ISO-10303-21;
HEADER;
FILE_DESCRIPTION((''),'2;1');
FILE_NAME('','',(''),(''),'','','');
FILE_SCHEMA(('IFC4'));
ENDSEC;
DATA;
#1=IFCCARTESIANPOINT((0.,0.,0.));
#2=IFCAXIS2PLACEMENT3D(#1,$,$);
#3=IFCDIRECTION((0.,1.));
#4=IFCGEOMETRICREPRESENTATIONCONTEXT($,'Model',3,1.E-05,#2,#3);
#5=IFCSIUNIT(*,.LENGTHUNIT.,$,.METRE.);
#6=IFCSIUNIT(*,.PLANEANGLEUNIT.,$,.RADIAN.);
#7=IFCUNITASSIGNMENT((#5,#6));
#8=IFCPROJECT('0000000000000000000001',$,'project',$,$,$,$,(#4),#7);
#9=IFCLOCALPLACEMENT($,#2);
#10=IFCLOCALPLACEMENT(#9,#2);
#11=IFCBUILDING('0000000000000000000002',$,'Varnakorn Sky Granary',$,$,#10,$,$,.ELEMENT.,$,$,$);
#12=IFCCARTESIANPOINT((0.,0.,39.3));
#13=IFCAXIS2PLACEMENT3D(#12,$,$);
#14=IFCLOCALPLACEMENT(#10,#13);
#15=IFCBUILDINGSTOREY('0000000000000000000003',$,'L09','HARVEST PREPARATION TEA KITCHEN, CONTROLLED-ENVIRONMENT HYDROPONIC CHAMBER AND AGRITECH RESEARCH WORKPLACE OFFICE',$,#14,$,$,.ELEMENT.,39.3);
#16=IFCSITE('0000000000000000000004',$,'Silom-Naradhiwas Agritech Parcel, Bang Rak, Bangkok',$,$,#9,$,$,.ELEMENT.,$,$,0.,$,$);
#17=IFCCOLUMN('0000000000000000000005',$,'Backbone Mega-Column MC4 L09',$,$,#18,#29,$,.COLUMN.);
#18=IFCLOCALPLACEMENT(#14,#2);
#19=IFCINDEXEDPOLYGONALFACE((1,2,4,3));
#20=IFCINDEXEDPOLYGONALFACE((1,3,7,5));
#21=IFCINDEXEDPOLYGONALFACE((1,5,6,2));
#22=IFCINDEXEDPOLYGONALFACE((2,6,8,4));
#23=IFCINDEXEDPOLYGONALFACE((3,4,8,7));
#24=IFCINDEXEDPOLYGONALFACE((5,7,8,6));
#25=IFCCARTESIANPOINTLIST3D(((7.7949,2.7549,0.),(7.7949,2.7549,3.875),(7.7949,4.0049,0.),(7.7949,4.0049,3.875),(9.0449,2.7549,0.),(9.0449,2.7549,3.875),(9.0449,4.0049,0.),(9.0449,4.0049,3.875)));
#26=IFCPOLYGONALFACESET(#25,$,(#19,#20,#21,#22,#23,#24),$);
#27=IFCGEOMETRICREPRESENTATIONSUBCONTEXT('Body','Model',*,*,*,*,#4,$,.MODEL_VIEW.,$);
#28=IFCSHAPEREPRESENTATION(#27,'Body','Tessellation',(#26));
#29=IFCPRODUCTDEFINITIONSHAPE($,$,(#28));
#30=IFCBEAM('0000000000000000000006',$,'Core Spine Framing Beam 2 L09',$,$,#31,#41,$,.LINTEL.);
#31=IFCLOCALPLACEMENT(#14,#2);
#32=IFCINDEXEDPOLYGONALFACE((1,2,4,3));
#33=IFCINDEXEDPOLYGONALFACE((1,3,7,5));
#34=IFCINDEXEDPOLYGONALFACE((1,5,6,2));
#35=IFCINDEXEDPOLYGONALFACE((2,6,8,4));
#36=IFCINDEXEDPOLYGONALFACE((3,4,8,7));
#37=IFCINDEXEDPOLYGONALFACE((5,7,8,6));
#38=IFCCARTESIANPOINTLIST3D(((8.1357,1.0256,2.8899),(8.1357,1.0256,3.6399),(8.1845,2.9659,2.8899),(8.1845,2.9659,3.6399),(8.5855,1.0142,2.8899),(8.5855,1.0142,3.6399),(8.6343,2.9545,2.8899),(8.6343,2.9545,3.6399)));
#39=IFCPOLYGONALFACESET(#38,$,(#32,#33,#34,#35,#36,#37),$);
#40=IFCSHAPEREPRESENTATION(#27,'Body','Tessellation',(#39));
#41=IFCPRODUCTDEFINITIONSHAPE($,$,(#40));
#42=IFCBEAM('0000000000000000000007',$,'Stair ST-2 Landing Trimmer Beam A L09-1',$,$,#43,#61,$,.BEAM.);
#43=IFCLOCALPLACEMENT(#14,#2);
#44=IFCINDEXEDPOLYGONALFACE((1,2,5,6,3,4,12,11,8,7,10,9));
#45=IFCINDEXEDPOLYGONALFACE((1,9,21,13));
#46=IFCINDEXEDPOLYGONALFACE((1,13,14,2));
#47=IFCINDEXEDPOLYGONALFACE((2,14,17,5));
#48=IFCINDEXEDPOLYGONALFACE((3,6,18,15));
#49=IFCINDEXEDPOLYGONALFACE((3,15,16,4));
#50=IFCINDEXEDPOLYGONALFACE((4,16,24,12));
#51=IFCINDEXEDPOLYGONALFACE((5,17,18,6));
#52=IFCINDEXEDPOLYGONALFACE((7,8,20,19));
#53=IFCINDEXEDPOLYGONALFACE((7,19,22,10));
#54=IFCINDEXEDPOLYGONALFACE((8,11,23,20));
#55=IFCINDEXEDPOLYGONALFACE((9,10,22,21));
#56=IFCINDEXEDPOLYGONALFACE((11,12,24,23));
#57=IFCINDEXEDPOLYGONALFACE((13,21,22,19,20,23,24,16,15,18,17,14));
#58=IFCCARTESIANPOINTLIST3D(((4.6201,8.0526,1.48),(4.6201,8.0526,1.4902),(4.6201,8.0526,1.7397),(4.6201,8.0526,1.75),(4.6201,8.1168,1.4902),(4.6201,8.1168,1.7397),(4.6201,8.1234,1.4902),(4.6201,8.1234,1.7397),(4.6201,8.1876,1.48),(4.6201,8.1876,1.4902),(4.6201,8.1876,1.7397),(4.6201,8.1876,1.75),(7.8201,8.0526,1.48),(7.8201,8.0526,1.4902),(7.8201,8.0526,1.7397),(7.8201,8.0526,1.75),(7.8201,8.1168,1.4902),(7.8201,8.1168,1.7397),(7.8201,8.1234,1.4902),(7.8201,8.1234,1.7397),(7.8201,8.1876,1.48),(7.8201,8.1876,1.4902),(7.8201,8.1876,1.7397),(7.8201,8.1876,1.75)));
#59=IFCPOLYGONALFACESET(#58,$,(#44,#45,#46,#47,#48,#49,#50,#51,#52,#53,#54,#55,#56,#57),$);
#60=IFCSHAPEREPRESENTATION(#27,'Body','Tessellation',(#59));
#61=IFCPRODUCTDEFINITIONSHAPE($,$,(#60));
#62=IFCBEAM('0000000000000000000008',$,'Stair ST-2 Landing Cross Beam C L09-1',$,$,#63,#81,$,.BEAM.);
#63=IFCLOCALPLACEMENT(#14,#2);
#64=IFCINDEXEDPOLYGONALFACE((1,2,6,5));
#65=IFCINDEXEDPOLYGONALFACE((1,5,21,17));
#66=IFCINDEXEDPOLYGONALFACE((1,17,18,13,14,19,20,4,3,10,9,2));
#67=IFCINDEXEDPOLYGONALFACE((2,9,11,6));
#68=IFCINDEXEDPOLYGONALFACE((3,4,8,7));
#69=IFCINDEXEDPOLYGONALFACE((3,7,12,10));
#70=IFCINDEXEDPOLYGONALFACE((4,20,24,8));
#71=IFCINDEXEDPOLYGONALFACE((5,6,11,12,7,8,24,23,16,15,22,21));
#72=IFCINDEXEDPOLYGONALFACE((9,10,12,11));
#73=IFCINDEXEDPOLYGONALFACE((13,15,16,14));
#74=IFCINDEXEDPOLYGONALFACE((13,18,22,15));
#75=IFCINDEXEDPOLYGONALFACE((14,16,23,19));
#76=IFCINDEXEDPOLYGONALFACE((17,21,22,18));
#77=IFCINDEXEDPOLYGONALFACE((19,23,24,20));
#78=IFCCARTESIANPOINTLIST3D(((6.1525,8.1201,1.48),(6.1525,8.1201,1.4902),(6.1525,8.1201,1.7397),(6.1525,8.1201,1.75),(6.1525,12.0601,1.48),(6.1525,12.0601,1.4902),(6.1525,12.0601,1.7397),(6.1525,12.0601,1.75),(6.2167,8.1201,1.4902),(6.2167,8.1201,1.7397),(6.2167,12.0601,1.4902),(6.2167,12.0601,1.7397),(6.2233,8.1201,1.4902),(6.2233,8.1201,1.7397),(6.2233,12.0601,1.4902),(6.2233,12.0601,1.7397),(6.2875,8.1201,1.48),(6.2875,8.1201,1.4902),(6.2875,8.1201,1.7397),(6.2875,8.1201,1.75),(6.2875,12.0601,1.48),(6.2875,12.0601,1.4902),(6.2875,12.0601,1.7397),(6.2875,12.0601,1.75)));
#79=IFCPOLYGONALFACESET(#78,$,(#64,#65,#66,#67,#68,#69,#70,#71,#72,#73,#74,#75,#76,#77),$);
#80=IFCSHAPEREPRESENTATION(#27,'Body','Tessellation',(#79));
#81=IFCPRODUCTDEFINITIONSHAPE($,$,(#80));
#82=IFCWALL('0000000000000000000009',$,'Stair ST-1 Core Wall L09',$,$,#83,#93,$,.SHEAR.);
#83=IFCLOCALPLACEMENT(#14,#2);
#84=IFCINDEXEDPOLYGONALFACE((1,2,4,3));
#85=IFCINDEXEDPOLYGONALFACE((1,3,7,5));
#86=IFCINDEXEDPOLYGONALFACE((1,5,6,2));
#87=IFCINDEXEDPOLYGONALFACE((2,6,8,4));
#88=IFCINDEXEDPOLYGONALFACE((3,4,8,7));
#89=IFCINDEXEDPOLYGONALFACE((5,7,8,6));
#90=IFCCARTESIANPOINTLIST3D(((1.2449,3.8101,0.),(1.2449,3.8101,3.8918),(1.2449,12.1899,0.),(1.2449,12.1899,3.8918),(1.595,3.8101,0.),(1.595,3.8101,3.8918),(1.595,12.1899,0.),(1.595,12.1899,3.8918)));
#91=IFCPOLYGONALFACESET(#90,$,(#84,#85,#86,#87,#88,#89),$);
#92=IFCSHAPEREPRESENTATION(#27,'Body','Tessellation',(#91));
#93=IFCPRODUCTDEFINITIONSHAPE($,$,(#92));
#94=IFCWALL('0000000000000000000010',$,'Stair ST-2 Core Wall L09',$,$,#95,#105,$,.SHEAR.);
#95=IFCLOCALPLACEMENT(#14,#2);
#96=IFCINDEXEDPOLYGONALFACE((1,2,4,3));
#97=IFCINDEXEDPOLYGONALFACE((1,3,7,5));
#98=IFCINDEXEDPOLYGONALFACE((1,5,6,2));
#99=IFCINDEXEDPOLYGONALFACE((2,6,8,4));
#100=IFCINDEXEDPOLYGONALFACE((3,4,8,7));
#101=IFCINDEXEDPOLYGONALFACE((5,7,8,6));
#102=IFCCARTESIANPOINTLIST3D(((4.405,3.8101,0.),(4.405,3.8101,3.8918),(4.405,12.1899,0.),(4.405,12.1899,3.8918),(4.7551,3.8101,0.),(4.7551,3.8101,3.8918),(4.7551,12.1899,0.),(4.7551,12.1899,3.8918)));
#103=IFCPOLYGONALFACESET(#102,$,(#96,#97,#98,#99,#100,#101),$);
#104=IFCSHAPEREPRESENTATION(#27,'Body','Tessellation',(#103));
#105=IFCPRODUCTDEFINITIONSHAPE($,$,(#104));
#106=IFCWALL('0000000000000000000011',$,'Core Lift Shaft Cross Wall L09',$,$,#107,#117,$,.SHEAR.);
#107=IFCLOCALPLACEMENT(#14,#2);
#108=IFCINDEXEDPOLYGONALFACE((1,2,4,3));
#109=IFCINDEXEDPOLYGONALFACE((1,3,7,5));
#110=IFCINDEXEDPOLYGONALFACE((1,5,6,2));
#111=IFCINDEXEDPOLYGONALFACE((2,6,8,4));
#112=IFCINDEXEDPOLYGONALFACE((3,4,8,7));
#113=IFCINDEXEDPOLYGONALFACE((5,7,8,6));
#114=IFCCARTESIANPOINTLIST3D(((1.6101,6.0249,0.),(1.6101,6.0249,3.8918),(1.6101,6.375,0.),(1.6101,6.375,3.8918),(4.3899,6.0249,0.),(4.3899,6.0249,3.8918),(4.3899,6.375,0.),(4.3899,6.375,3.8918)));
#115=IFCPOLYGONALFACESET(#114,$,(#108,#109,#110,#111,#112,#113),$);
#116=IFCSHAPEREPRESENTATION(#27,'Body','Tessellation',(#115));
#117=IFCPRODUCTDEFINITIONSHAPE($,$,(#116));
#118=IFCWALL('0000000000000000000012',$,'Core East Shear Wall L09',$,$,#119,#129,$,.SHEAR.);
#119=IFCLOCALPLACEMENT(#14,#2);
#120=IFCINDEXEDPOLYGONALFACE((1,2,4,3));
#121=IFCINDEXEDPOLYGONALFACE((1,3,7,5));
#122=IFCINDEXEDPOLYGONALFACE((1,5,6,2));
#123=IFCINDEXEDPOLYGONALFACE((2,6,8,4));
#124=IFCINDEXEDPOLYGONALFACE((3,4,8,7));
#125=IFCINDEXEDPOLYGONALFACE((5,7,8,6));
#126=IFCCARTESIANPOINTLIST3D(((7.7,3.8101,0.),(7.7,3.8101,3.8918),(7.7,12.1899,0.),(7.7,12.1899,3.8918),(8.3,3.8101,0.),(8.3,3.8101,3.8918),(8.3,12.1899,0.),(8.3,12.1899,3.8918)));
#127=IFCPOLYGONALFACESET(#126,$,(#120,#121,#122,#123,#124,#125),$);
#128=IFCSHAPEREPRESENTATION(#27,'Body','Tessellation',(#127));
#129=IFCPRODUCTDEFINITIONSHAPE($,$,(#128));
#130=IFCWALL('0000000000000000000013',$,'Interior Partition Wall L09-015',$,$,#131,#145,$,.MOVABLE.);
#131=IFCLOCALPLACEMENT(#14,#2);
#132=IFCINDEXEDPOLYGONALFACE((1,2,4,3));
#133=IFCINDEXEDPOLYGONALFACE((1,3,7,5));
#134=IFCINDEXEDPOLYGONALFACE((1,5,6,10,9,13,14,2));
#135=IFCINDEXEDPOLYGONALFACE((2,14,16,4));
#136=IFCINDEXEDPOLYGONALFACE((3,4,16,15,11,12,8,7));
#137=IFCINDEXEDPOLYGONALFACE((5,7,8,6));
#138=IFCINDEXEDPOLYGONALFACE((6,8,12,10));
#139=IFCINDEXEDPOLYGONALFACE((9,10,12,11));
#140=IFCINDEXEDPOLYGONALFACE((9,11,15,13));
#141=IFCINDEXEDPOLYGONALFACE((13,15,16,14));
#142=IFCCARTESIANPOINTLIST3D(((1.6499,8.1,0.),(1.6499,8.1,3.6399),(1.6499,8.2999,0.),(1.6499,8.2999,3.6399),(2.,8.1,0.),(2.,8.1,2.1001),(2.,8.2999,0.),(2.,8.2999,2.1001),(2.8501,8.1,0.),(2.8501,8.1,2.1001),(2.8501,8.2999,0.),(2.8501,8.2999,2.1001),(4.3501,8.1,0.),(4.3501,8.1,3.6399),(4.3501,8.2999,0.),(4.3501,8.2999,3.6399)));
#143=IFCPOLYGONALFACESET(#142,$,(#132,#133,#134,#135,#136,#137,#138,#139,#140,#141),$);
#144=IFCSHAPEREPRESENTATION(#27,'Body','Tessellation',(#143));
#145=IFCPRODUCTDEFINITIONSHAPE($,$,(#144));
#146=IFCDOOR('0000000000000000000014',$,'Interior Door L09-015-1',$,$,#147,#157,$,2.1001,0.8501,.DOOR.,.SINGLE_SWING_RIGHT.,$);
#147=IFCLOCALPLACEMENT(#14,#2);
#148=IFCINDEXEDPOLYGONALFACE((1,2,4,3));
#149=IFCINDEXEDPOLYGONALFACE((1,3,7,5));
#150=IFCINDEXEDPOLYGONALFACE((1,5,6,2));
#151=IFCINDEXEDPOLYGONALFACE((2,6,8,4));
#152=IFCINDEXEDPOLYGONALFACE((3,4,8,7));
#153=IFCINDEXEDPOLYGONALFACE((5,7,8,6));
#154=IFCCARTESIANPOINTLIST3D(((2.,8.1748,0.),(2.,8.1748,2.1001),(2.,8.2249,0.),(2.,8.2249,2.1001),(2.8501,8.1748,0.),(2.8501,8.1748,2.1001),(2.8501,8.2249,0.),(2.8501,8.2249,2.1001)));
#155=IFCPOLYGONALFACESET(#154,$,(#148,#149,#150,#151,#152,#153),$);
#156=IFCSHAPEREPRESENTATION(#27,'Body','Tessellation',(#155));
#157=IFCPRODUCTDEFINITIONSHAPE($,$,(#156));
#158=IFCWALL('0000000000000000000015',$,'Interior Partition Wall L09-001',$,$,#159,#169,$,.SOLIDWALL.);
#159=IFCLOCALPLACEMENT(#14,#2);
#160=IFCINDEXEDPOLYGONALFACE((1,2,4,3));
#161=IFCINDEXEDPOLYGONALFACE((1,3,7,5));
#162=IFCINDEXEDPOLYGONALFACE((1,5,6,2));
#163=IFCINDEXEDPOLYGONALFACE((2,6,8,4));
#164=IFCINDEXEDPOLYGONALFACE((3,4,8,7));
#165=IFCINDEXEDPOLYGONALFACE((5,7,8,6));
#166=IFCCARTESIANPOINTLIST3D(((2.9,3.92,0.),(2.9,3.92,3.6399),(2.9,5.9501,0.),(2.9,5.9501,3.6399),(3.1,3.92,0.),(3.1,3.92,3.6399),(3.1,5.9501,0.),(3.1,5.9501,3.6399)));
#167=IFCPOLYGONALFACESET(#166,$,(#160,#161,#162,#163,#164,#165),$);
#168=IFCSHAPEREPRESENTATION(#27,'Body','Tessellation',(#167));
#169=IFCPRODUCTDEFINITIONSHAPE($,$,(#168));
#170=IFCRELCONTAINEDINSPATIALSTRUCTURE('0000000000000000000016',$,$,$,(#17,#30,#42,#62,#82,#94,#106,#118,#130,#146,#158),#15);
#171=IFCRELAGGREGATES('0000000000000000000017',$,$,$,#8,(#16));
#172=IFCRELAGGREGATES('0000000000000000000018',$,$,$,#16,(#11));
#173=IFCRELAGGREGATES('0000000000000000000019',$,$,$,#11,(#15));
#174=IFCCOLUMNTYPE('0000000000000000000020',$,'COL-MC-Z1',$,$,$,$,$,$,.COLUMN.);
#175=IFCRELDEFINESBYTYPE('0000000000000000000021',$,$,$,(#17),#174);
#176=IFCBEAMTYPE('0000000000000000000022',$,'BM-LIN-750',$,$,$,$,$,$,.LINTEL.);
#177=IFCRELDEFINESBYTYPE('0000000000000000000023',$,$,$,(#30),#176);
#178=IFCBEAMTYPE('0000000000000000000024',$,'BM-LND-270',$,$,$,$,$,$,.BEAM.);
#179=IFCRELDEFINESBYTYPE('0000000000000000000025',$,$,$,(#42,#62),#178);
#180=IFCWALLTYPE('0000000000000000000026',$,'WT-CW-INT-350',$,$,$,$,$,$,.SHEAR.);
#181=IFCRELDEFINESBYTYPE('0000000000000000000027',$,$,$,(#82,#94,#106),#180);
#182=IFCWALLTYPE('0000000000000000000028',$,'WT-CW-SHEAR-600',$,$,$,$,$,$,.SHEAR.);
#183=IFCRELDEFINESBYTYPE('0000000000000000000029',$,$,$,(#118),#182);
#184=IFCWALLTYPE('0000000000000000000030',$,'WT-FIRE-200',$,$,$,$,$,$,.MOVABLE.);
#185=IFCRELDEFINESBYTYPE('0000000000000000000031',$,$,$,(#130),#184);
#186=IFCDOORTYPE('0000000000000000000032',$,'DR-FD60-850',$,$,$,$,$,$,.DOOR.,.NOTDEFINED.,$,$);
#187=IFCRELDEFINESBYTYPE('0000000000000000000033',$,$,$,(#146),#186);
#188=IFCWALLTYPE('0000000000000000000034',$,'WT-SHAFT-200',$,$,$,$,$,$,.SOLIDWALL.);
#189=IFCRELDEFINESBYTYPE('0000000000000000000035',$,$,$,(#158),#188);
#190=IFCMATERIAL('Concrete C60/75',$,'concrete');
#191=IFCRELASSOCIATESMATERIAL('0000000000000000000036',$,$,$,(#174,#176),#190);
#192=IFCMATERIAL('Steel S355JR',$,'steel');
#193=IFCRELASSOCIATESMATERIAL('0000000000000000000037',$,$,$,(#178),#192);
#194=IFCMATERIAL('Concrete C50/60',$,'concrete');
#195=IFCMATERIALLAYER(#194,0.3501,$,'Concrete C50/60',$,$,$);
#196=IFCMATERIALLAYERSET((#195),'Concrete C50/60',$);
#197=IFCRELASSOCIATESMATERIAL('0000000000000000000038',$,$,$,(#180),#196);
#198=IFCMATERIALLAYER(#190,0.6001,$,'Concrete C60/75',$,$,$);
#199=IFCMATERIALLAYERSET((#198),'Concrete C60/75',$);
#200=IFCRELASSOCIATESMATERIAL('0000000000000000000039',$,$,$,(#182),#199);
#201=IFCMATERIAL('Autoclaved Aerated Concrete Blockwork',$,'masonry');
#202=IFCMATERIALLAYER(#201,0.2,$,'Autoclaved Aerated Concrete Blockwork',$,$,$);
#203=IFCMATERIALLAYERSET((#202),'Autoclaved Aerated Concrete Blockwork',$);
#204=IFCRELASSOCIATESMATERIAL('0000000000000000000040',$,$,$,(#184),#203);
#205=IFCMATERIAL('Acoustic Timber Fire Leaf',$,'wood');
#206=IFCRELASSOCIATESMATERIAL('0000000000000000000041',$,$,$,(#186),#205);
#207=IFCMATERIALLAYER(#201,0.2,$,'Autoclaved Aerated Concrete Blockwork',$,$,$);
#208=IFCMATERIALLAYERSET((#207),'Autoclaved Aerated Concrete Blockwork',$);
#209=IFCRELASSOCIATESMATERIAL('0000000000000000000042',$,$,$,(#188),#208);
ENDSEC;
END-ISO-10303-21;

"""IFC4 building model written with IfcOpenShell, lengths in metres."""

from ifc_helpers import new_model, si_unit, direction, frame, frame_2d, origin, origin_2d, place, context, subcontext, project, spatial, rectangle, i_section, extrude, material, layer, layer_set, material_profile, profile_set, type_object, element, fill, save


model = new_model("IFC4")

# Units and contexts
model_context = context("Model", 3, precision=1e-05, world=origin(), true_north=direction((0.0, 1.0)))
body_context = subcontext(model_context, "Body", "Model", "MODEL_VIEW")
ifc_project = project(units=[si_unit("LENGTHUNIT", "METRE"), si_unit("PLANEANGLEUNIT", "RADIAN")], contexts=[model_context])

# Site, building, storey
site_placement = place(None, origin())
site = spatial("IfcSite", under=ifc_project, at=site_placement, Name="Silom-Naradhiwas Agritech Parcel, Bang Rak, Bangkok", CompositionType="ELEMENT", RefElevation=0.0)
building_placement = place(site_placement, origin())
building = spatial("IfcBuilding", under=site, at=building_placement, Name="Varnakorn Sky Granary", CompositionType="ELEMENT")
storey_placement = place(building_placement, frame((0.0, 0.0, 39.3)))
storey = spatial("IfcBuildingStorey", under=building, at=storey_placement, Name="L09", Description="HARVEST PREPARATION TEA KITCHEN, CONTROLLED-ENVIRONMENT HYDROPONIC CHAMBER AND AGRITECH RESEARCH WORKPLACE OFFICE", CompositionType="ELEMENT", Elevation=39.3)

# Column
ifc_material_1 = material(Name="Concrete C60/75", Category="concrete")
ifc_material_profile_1 = material_profile(ifc_material_1, rectangle(XDim=1.25, YDim=1.25, at=origin_2d()), Name="RC 1250x1250")
ifc_profile_set_1 = profile_set([ifc_material_profile_1], Name="Concrete C60/75")
column_type = type_object("IfcColumnType", Name="COL-MC-Z1", PredefinedType="COLUMN", material=ifc_profile_set_1)
column_placement = place(storey_placement, frame((8.4199, 3.3799, 0.0), z_axis=(0.0, 0.0, 1.0), x_axis=(1.0, 0.0, 0.0)))
element("IfcColumn", 1, at=column_placement, inside=storey, type_object=column_type, Name="Backbone Mega-Column MC4 L09", PredefinedType="COLUMN", context=body_context, shape_type="SweptSolid", body=[
    extrude(rectangle(XDim=1.25, YDim=1.25, at=origin_2d()), origin(), (0.0, 0.0, 1.0), 3.875),
])

# Beams
ifc_material_profile_2 = material_profile(ifc_material_1, rectangle(XDim=0.45, YDim=0.75, at=origin_2d()), Name="RC 450x750")
ifc_profile_set_2 = profile_set([ifc_material_profile_2], Name="Concrete C60/75")
beam_type_1 = type_object("IfcBeamType", Name="BM-LIN-750", PredefinedType="LINTEL", material=ifc_profile_set_2)
beam_1_placement = place(storey_placement, frame((8.4094, 2.9602, 3.2649), z_axis=(-0.025159, -0.999683, 0.0), x_axis=(0.999683, -0.025159, 0.0)))
element("IfcBeam", 2, at=beam_1_placement, inside=storey, type_object=beam_type_1, Name="Core Spine Framing Beam 2 L09", PredefinedType="LINTEL", context=body_context, shape_type="SweptSolid", body=[
    extrude(rectangle(XDim=0.45, YDim=0.75, at=origin_2d()), origin(), (0.0, 0.0, 1.0), 1.9409),
])
ifc_material_2 = material(Name="Steel S355JR", Category="steel")
ifc_material_profile_3 = material_profile(ifc_material_2, i_section(OverallWidth=0.135, OverallDepth=0.27, WebThickness=0.0066, FlangeThickness=0.0103, at=origin_2d()), Name="IPE 270")
ifc_profile_set_3 = profile_set([ifc_material_profile_3], Name="Steel S355JR")
beam_type_2 = type_object("IfcBeamType", Name="BM-LND-270", PredefinedType="BEAM", material=ifc_profile_set_3)
beam_2_placement = place(storey_placement, frame((4.6201, 8.1201, 1.615), z_axis=(1.0, 0.0, 0.0), x_axis=(0.0, 1.0, 0.0)))
element("IfcBeam", 3, at=beam_2_placement, inside=storey, type_object=beam_type_2, Name="Stair ST-2 Landing Trimmer Beam A L09-1", PredefinedType="BEAM", context=body_context, shape_type="SweptSolid", body=[
    extrude(i_section(OverallWidth=0.135, OverallDepth=0.27, WebThickness=0.0066, FlangeThickness=0.0103, at=origin_2d()), origin(), (0.0, 0.0, 1.0), 3.2),
])
beam_3_placement = place(storey_placement, frame((6.22, 8.1201, 1.615), z_axis=(0.0, 1.0, 0.0), x_axis=(-1.0, 0.0, 0.0)))
element("IfcBeam", 4, at=beam_3_placement, inside=storey, type_object=beam_type_2, Name="Stair ST-2 Landing Cross Beam C L09-1", PredefinedType="BEAM", context=body_context, shape_type="SweptSolid", body=[
    extrude(i_section(OverallWidth=0.135, OverallDepth=0.27, WebThickness=0.0066, FlangeThickness=0.0103, at=origin_2d()), origin(), (0.0, 0.0, 1.0), 3.9399),
])

# Walls
ifc_material_3 = material(Name="Concrete C50/60", Category="concrete")
ifc_layer_1 = layer(ifc_material_3, 0.3501, Name="Concrete C50/60")
ifc_layer_set_1 = layer_set([ifc_layer_1], Name="Concrete C50/60")
wall_type_1 = type_object("IfcWallType", Name="WT-CW-INT-350", PredefinedType="SHEAR", material=ifc_layer_set_1)
for number, where, z_axis, x_axis, name in (
    (5, (1.4199, 3.8101, 0.0), (0.0, 0.0, 1.0), (0.0, 1.0, 0.0), "Stair ST-1 Core Wall L09"),
    (6, (4.5801, 3.8101, 0.0), (0.0, 0.0, 1.0), (0.0, 1.0, 0.0), "Stair ST-2 Core Wall L09"),
):
    element("IfcWall", number, at=place(storey_placement, frame(where, z_axis=z_axis, x_axis=x_axis)), inside=storey, type_object=wall_type_1, Name=name, PredefinedType="SHEAR", context=body_context, shape_type="SweptSolid", body=[
        extrude(rectangle(XDim=8.3799, YDim=0.3501, at=frame_2d((4.1899, 0.0))), origin(), (0.0, 0.0, 1.0), 3.8918),
    ])
wall_1_placement = place(storey_placement, frame((1.6101, 6.2, 0.0), z_axis=(0.0, 0.0, 1.0), x_axis=(1.0, 0.0, 0.0)))
element("IfcWall", 7, at=wall_1_placement, inside=storey, type_object=wall_type_1, Name="Core Lift Shaft Cross Wall L09", PredefinedType="SHEAR", context=body_context, shape_type="SweptSolid", body=[
    extrude(rectangle(XDim=2.7798, YDim=0.3501, at=frame_2d((1.3899, 0.0))), origin(), (0.0, 0.0, 1.0), 3.8918),
])
ifc_layer_2 = layer(ifc_material_1, 0.6001, Name="Concrete C60/75")
ifc_layer_set_2 = layer_set([ifc_layer_2], Name="Concrete C60/75")
wall_type_2 = type_object("IfcWallType", Name="WT-CW-SHEAR-600", PredefinedType="SHEAR", material=ifc_layer_set_2)
wall_2_placement = place(storey_placement, frame((8.0, 3.8101, 0.0), z_axis=(0.0, 0.0, 1.0), x_axis=(0.0, 1.0, 0.0)))
element("IfcWall", 8, at=wall_2_placement, inside=storey, type_object=wall_type_2, Name="Core East Shear Wall L09", PredefinedType="SHEAR", context=body_context, shape_type="SweptSolid", body=[
    extrude(rectangle(XDim=8.3799, YDim=0.6001, at=frame_2d((4.1899, 0.0))), origin(), (0.0, 0.0, 1.0), 3.8918),
])

# Wall, opening, door
ifc_material_4 = material(Name="Autoclaved Aerated Concrete Blockwork", Category="masonry")
ifc_layer_3 = layer(ifc_material_4, 0.2, Name="Autoclaved Aerated Concrete Blockwork")
ifc_layer_set_3 = layer_set([ifc_layer_3], Name="Autoclaved Aerated Concrete Blockwork")
wall_type_3 = type_object("IfcWallType", Name="WT-FIRE-200", PredefinedType="MOVABLE", material=ifc_layer_set_3)
wall_3_placement = place(storey_placement, frame((1.6499, 8.2, 0.0), z_axis=(0.0, 0.0, 1.0), x_axis=(1.0, 0.0, 0.0)))
wall_3 = element("IfcWall", 9, at=wall_3_placement, inside=storey, type_object=wall_type_3, Name="Interior Partition Wall L09-015", PredefinedType="MOVABLE", context=body_context, shape_type="SweptSolid", body=[
    extrude(rectangle(XDim=2.7002, YDim=0.2, at=frame_2d((1.3501, 0.0))), origin(), (0.0, 0.0, 1.0), 3.6399),
])
opening_placement = place(wall_3_placement, frame((0.3501, 0.0, 0.0)))
opening = element("IfcOpeningElement", 10, at=opening_placement, cuts=wall_3, PredefinedType="OPENING", context=body_context, shape_type="SweptSolid", body=[
    extrude(rectangle(XDim=0.8501, YDim=2.1001, at=frame_2d((0.425, 1.05))), frame((0.0, 0.1099, 0.0), z_axis=(0.0, -1.0, 0.0), x_axis=(1.0, 0.0, 0.0)), (0.0, 0.0, 1.0), 0.22),
])
ifc_material_5 = material(Name="Acoustic Timber Fire Leaf", Category="wood")
door_type = type_object("IfcDoorType", Name="DR-FD60-850", OperationType="NOTDEFINED", PredefinedType="DOOR", material=ifc_material_5)
door_placement = place(opening_placement, origin())
door = element("IfcDoor", 11, at=door_placement, inside=storey, type_object=door_type, Name="Interior Door L09-015-1", OperationType="SINGLE_SWING_RIGHT", OverallHeight=2.1001, OverallWidth=0.8501, PredefinedType="DOOR", context=body_context, shape_type="SweptSolid", body=[
    extrude(rectangle(XDim=0.8501, YDim=2.1001, at=frame_2d((0.425, 1.05))), frame((0.0, 0.0249, 0.0), z_axis=(0.0, -1.0, 0.0), x_axis=(1.0, 0.0, 0.0)), (0.0, 0.0, 1.0), 0.05),
])
fill(opening, door)

# Wall
ifc_layer_4 = layer(ifc_material_4, 0.2, Name="Autoclaved Aerated Concrete Blockwork")
ifc_layer_set_4 = layer_set([ifc_layer_4], Name="Autoclaved Aerated Concrete Blockwork")
wall_type_4 = type_object("IfcWallType", Name="WT-SHAFT-200", PredefinedType="SOLIDWALL", material=ifc_layer_set_4)
wall_4_placement = place(storey_placement, frame((3.0, 3.9199, 0.0), z_axis=(0.0, 0.0, 1.0), x_axis=(0.0, 1.0, 0.0)))
element("IfcWall", 12, at=wall_4_placement, inside=storey, type_object=wall_type_4, Name="Interior Partition Wall L09-001", PredefinedType="SOLIDWALL", context=body_context, shape_type="SweptSolid", body=[
    extrude(rectangle(XDim=2.03, YDim=0.2, at=frame_2d((1.0151, 0.0))), origin(), (0.0, 0.0, 1.0), 3.6399),
])

save(model, "model.ifc")
